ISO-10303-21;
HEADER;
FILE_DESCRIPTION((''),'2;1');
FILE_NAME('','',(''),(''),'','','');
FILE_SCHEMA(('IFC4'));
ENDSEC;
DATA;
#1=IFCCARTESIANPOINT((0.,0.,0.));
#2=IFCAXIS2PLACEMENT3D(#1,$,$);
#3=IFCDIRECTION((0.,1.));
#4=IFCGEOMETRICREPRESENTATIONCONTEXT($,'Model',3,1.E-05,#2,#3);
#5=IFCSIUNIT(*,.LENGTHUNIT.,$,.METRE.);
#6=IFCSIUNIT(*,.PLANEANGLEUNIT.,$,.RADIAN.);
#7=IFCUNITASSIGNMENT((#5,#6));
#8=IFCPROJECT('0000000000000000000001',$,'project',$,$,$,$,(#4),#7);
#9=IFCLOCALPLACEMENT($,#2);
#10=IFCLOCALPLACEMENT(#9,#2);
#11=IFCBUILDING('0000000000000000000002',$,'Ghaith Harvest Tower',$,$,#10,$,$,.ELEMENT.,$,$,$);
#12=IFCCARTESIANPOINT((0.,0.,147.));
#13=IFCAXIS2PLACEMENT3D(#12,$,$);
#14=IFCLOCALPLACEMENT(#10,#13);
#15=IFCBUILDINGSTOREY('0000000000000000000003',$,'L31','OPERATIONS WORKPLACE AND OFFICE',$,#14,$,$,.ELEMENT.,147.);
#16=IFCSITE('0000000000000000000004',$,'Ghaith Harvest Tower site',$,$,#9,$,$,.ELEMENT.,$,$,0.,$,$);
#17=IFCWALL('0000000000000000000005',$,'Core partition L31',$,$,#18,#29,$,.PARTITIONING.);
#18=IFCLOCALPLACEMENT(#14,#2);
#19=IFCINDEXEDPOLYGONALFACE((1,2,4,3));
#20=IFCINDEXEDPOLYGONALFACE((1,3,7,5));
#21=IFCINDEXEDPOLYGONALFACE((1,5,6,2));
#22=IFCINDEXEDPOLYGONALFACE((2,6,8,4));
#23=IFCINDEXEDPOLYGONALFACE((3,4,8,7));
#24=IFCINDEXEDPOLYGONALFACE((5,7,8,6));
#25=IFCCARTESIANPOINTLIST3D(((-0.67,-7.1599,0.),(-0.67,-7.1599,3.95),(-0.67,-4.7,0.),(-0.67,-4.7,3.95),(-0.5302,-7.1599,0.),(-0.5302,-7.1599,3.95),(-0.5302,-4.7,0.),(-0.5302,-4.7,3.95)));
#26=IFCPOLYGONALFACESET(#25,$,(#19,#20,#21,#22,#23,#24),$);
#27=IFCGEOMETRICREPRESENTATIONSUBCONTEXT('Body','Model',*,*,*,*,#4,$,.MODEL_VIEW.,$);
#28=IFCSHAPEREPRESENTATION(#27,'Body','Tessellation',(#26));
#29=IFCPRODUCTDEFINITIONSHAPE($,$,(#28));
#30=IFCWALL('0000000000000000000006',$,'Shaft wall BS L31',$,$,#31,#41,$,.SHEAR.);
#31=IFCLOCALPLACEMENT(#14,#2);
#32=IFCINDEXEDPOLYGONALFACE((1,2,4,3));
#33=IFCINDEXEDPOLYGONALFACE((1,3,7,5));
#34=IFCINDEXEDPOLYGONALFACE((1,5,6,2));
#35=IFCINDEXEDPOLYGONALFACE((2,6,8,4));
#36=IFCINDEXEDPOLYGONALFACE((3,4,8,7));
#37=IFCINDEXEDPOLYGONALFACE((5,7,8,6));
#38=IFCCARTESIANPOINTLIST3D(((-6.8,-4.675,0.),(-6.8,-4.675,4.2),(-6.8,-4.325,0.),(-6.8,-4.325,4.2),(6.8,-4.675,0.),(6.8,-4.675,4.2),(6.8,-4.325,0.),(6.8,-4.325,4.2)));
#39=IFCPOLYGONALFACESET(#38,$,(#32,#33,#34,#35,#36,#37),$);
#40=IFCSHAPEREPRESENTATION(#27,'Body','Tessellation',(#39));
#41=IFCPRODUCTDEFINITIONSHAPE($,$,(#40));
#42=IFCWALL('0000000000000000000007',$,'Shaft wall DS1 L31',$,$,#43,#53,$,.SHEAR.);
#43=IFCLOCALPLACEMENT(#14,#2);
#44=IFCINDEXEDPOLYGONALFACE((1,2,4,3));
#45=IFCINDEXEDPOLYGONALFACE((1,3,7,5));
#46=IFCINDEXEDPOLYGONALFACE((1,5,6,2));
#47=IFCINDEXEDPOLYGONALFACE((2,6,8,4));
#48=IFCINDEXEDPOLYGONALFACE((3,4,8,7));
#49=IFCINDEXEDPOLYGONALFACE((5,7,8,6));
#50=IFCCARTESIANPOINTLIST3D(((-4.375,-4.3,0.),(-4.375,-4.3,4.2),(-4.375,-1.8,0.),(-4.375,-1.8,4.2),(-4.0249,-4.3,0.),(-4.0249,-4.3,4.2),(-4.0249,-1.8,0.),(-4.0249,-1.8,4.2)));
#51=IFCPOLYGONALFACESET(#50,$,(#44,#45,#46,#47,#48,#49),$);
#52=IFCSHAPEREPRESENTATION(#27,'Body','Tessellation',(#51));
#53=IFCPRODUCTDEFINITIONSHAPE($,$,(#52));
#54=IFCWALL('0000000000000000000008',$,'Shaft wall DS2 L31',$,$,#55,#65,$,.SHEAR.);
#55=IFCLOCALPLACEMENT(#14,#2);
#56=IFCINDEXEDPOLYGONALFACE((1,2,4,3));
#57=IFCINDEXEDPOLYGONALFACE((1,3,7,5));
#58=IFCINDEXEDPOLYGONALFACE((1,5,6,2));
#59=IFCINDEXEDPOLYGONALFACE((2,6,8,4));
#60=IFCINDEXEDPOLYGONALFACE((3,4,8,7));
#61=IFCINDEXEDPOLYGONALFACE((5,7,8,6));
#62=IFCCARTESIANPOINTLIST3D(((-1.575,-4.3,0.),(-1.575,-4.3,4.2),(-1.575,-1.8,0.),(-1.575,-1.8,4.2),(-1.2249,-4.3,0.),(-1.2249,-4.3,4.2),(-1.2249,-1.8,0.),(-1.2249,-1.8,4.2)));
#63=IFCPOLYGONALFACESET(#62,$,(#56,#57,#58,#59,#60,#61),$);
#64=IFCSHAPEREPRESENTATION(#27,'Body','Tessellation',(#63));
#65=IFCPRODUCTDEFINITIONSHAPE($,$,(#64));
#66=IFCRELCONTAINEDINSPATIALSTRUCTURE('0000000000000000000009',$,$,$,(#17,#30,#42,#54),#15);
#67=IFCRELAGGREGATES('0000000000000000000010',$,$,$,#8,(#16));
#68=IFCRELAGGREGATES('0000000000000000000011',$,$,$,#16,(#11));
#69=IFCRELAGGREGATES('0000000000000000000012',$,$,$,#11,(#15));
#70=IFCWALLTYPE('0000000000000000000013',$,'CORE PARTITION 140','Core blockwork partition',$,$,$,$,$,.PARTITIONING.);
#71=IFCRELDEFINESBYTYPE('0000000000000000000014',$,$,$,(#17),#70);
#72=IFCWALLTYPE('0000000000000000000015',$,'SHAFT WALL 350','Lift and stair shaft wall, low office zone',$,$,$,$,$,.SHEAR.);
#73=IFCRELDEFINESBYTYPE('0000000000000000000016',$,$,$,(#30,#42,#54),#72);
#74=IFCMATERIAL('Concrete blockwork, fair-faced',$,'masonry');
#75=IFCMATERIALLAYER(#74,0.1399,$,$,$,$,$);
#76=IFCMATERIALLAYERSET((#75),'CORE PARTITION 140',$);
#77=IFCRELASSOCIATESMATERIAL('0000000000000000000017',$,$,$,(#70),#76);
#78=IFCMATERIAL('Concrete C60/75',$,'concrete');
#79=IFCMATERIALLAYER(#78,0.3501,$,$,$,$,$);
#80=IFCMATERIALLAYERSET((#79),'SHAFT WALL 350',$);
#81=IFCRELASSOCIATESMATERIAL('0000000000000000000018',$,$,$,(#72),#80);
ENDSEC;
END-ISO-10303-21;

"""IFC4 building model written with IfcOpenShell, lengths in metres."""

from ifc_helpers import new_model, si_unit, direction, frame, frame_2d, origin, place, context, subcontext, project, spatial, rectangle, extrude, material, layer, layer_set, type_object, element, save


model = new_model("IFC4")

# Units and contexts
model_context = context("Model", 3, precision=1e-05, world=origin(), true_north=direction((0.0, 1.0)))
body_context = subcontext(model_context, "Body", "Model", "MODEL_VIEW")
ifc_project = project(units=[si_unit("LENGTHUNIT", "METRE"), si_unit("PLANEANGLEUNIT", "RADIAN")], contexts=[model_context])

# Site, building, storey
site_placement = place(None, origin())
site = spatial("IfcSite", under=ifc_project, at=site_placement, Name="Ghaith Harvest Tower site", CompositionType="ELEMENT", RefElevation=0.0)
building_placement = place(site_placement, origin())
building = spatial("IfcBuilding", under=site, at=building_placement, Name="Ghaith Harvest Tower", CompositionType="ELEMENT")
storey_placement = place(building_placement, frame((0.0, 0.0, 147.0)))
storey = spatial("IfcBuildingStorey", under=building, at=storey_placement, Name="L31", Description="OPERATIONS WORKPLACE AND OFFICE", CompositionType="ELEMENT", Elevation=147.0)

# Shared definitions
ifc_material_1 = material(Name="Concrete blockwork, fair-faced", Category="masonry")
ifc_layer_1 = layer(ifc_material_1, 0.1399)
ifc_layer_set_1 = layer_set([ifc_layer_1], Name="CORE PARTITION 140")
wall_type_1 = type_object("IfcWallType", Name="CORE PARTITION 140", Description="Core blockwork partition", PredefinedType="PARTITIONING", material=ifc_layer_set_1)

# Wall
for number, where, z_axis, x_axis, name in (
    (1, (-0.6001, -4.7, 0.0), (0.0, 0.0, 1.0), (0.0, -1.0, 0.0), "Core partition L31"),
):
    element("IfcWall", number, at=place(storey_placement, frame(where, z_axis=z_axis, x_axis=x_axis)), inside=storey, type_object=wall_type_1, Name=name, PredefinedType="PARTITIONING", context=body_context, shape_type="SweptSolid", body=[
        extrude(rectangle(XDim=2.46, YDim=0.1399, at=frame_2d((1.23, 0.0))), origin(), (0.0, 0.0, 1.0), 3.95),
    ])

# Shared definitions
ifc_material_2 = material(Name="Concrete C60/75", Category="concrete")
ifc_layer_2 = layer(ifc_material_2, 0.3501)
ifc_layer_set_2 = layer_set([ifc_layer_2], Name="SHAFT WALL 350")
wall_type_2 = type_object("IfcWallType", Name="SHAFT WALL 350", Description="Lift and stair shaft wall, low office zone", PredefinedType="SHEAR", material=ifc_layer_set_2)

# Walls
wall_1_placement = place(storey_placement, frame((-6.8, -4.5, 0.0), z_axis=(0.0, 0.0, 1.0), x_axis=(1.0, 0.0, 0.0)))
element("IfcWall", 2, at=wall_1_placement, inside=storey, type_object=wall_type_2, Name="Shaft wall BS L31", PredefinedType="SHEAR", context=body_context, shape_type="SweptSolid", body=[
    extrude(rectangle(XDim=13.6001, YDim=0.3501, at=frame_2d((6.8, 0.0))), origin(), (0.0, 0.0, 1.0), 4.2),
])
for number, where, z_axis, x_axis, name in (
    (3, (-4.2, -4.3, 0.0), (0.0, 0.0, 1.0), (0.0, 1.0, 0.0), "Shaft wall DS1 L31"),
    (4, (-1.3999, -4.3, 0.0), (0.0, 0.0, 1.0), (0.0, 1.0, 0.0), "Shaft wall DS2 L31"),
):
    element("IfcWall", number, at=place(storey_placement, frame(where, z_axis=z_axis, x_axis=x_axis)), inside=storey, type_object=wall_type_2, Name=name, PredefinedType="SHEAR", context=body_context, shape_type="SweptSolid", body=[
        extrude(rectangle(XDim=2.5, YDim=0.3501, at=frame_2d((1.25, 0.0))), origin(), (0.0, 0.0, 1.0), 4.2),
    ])

save(model, "model.ifc")
